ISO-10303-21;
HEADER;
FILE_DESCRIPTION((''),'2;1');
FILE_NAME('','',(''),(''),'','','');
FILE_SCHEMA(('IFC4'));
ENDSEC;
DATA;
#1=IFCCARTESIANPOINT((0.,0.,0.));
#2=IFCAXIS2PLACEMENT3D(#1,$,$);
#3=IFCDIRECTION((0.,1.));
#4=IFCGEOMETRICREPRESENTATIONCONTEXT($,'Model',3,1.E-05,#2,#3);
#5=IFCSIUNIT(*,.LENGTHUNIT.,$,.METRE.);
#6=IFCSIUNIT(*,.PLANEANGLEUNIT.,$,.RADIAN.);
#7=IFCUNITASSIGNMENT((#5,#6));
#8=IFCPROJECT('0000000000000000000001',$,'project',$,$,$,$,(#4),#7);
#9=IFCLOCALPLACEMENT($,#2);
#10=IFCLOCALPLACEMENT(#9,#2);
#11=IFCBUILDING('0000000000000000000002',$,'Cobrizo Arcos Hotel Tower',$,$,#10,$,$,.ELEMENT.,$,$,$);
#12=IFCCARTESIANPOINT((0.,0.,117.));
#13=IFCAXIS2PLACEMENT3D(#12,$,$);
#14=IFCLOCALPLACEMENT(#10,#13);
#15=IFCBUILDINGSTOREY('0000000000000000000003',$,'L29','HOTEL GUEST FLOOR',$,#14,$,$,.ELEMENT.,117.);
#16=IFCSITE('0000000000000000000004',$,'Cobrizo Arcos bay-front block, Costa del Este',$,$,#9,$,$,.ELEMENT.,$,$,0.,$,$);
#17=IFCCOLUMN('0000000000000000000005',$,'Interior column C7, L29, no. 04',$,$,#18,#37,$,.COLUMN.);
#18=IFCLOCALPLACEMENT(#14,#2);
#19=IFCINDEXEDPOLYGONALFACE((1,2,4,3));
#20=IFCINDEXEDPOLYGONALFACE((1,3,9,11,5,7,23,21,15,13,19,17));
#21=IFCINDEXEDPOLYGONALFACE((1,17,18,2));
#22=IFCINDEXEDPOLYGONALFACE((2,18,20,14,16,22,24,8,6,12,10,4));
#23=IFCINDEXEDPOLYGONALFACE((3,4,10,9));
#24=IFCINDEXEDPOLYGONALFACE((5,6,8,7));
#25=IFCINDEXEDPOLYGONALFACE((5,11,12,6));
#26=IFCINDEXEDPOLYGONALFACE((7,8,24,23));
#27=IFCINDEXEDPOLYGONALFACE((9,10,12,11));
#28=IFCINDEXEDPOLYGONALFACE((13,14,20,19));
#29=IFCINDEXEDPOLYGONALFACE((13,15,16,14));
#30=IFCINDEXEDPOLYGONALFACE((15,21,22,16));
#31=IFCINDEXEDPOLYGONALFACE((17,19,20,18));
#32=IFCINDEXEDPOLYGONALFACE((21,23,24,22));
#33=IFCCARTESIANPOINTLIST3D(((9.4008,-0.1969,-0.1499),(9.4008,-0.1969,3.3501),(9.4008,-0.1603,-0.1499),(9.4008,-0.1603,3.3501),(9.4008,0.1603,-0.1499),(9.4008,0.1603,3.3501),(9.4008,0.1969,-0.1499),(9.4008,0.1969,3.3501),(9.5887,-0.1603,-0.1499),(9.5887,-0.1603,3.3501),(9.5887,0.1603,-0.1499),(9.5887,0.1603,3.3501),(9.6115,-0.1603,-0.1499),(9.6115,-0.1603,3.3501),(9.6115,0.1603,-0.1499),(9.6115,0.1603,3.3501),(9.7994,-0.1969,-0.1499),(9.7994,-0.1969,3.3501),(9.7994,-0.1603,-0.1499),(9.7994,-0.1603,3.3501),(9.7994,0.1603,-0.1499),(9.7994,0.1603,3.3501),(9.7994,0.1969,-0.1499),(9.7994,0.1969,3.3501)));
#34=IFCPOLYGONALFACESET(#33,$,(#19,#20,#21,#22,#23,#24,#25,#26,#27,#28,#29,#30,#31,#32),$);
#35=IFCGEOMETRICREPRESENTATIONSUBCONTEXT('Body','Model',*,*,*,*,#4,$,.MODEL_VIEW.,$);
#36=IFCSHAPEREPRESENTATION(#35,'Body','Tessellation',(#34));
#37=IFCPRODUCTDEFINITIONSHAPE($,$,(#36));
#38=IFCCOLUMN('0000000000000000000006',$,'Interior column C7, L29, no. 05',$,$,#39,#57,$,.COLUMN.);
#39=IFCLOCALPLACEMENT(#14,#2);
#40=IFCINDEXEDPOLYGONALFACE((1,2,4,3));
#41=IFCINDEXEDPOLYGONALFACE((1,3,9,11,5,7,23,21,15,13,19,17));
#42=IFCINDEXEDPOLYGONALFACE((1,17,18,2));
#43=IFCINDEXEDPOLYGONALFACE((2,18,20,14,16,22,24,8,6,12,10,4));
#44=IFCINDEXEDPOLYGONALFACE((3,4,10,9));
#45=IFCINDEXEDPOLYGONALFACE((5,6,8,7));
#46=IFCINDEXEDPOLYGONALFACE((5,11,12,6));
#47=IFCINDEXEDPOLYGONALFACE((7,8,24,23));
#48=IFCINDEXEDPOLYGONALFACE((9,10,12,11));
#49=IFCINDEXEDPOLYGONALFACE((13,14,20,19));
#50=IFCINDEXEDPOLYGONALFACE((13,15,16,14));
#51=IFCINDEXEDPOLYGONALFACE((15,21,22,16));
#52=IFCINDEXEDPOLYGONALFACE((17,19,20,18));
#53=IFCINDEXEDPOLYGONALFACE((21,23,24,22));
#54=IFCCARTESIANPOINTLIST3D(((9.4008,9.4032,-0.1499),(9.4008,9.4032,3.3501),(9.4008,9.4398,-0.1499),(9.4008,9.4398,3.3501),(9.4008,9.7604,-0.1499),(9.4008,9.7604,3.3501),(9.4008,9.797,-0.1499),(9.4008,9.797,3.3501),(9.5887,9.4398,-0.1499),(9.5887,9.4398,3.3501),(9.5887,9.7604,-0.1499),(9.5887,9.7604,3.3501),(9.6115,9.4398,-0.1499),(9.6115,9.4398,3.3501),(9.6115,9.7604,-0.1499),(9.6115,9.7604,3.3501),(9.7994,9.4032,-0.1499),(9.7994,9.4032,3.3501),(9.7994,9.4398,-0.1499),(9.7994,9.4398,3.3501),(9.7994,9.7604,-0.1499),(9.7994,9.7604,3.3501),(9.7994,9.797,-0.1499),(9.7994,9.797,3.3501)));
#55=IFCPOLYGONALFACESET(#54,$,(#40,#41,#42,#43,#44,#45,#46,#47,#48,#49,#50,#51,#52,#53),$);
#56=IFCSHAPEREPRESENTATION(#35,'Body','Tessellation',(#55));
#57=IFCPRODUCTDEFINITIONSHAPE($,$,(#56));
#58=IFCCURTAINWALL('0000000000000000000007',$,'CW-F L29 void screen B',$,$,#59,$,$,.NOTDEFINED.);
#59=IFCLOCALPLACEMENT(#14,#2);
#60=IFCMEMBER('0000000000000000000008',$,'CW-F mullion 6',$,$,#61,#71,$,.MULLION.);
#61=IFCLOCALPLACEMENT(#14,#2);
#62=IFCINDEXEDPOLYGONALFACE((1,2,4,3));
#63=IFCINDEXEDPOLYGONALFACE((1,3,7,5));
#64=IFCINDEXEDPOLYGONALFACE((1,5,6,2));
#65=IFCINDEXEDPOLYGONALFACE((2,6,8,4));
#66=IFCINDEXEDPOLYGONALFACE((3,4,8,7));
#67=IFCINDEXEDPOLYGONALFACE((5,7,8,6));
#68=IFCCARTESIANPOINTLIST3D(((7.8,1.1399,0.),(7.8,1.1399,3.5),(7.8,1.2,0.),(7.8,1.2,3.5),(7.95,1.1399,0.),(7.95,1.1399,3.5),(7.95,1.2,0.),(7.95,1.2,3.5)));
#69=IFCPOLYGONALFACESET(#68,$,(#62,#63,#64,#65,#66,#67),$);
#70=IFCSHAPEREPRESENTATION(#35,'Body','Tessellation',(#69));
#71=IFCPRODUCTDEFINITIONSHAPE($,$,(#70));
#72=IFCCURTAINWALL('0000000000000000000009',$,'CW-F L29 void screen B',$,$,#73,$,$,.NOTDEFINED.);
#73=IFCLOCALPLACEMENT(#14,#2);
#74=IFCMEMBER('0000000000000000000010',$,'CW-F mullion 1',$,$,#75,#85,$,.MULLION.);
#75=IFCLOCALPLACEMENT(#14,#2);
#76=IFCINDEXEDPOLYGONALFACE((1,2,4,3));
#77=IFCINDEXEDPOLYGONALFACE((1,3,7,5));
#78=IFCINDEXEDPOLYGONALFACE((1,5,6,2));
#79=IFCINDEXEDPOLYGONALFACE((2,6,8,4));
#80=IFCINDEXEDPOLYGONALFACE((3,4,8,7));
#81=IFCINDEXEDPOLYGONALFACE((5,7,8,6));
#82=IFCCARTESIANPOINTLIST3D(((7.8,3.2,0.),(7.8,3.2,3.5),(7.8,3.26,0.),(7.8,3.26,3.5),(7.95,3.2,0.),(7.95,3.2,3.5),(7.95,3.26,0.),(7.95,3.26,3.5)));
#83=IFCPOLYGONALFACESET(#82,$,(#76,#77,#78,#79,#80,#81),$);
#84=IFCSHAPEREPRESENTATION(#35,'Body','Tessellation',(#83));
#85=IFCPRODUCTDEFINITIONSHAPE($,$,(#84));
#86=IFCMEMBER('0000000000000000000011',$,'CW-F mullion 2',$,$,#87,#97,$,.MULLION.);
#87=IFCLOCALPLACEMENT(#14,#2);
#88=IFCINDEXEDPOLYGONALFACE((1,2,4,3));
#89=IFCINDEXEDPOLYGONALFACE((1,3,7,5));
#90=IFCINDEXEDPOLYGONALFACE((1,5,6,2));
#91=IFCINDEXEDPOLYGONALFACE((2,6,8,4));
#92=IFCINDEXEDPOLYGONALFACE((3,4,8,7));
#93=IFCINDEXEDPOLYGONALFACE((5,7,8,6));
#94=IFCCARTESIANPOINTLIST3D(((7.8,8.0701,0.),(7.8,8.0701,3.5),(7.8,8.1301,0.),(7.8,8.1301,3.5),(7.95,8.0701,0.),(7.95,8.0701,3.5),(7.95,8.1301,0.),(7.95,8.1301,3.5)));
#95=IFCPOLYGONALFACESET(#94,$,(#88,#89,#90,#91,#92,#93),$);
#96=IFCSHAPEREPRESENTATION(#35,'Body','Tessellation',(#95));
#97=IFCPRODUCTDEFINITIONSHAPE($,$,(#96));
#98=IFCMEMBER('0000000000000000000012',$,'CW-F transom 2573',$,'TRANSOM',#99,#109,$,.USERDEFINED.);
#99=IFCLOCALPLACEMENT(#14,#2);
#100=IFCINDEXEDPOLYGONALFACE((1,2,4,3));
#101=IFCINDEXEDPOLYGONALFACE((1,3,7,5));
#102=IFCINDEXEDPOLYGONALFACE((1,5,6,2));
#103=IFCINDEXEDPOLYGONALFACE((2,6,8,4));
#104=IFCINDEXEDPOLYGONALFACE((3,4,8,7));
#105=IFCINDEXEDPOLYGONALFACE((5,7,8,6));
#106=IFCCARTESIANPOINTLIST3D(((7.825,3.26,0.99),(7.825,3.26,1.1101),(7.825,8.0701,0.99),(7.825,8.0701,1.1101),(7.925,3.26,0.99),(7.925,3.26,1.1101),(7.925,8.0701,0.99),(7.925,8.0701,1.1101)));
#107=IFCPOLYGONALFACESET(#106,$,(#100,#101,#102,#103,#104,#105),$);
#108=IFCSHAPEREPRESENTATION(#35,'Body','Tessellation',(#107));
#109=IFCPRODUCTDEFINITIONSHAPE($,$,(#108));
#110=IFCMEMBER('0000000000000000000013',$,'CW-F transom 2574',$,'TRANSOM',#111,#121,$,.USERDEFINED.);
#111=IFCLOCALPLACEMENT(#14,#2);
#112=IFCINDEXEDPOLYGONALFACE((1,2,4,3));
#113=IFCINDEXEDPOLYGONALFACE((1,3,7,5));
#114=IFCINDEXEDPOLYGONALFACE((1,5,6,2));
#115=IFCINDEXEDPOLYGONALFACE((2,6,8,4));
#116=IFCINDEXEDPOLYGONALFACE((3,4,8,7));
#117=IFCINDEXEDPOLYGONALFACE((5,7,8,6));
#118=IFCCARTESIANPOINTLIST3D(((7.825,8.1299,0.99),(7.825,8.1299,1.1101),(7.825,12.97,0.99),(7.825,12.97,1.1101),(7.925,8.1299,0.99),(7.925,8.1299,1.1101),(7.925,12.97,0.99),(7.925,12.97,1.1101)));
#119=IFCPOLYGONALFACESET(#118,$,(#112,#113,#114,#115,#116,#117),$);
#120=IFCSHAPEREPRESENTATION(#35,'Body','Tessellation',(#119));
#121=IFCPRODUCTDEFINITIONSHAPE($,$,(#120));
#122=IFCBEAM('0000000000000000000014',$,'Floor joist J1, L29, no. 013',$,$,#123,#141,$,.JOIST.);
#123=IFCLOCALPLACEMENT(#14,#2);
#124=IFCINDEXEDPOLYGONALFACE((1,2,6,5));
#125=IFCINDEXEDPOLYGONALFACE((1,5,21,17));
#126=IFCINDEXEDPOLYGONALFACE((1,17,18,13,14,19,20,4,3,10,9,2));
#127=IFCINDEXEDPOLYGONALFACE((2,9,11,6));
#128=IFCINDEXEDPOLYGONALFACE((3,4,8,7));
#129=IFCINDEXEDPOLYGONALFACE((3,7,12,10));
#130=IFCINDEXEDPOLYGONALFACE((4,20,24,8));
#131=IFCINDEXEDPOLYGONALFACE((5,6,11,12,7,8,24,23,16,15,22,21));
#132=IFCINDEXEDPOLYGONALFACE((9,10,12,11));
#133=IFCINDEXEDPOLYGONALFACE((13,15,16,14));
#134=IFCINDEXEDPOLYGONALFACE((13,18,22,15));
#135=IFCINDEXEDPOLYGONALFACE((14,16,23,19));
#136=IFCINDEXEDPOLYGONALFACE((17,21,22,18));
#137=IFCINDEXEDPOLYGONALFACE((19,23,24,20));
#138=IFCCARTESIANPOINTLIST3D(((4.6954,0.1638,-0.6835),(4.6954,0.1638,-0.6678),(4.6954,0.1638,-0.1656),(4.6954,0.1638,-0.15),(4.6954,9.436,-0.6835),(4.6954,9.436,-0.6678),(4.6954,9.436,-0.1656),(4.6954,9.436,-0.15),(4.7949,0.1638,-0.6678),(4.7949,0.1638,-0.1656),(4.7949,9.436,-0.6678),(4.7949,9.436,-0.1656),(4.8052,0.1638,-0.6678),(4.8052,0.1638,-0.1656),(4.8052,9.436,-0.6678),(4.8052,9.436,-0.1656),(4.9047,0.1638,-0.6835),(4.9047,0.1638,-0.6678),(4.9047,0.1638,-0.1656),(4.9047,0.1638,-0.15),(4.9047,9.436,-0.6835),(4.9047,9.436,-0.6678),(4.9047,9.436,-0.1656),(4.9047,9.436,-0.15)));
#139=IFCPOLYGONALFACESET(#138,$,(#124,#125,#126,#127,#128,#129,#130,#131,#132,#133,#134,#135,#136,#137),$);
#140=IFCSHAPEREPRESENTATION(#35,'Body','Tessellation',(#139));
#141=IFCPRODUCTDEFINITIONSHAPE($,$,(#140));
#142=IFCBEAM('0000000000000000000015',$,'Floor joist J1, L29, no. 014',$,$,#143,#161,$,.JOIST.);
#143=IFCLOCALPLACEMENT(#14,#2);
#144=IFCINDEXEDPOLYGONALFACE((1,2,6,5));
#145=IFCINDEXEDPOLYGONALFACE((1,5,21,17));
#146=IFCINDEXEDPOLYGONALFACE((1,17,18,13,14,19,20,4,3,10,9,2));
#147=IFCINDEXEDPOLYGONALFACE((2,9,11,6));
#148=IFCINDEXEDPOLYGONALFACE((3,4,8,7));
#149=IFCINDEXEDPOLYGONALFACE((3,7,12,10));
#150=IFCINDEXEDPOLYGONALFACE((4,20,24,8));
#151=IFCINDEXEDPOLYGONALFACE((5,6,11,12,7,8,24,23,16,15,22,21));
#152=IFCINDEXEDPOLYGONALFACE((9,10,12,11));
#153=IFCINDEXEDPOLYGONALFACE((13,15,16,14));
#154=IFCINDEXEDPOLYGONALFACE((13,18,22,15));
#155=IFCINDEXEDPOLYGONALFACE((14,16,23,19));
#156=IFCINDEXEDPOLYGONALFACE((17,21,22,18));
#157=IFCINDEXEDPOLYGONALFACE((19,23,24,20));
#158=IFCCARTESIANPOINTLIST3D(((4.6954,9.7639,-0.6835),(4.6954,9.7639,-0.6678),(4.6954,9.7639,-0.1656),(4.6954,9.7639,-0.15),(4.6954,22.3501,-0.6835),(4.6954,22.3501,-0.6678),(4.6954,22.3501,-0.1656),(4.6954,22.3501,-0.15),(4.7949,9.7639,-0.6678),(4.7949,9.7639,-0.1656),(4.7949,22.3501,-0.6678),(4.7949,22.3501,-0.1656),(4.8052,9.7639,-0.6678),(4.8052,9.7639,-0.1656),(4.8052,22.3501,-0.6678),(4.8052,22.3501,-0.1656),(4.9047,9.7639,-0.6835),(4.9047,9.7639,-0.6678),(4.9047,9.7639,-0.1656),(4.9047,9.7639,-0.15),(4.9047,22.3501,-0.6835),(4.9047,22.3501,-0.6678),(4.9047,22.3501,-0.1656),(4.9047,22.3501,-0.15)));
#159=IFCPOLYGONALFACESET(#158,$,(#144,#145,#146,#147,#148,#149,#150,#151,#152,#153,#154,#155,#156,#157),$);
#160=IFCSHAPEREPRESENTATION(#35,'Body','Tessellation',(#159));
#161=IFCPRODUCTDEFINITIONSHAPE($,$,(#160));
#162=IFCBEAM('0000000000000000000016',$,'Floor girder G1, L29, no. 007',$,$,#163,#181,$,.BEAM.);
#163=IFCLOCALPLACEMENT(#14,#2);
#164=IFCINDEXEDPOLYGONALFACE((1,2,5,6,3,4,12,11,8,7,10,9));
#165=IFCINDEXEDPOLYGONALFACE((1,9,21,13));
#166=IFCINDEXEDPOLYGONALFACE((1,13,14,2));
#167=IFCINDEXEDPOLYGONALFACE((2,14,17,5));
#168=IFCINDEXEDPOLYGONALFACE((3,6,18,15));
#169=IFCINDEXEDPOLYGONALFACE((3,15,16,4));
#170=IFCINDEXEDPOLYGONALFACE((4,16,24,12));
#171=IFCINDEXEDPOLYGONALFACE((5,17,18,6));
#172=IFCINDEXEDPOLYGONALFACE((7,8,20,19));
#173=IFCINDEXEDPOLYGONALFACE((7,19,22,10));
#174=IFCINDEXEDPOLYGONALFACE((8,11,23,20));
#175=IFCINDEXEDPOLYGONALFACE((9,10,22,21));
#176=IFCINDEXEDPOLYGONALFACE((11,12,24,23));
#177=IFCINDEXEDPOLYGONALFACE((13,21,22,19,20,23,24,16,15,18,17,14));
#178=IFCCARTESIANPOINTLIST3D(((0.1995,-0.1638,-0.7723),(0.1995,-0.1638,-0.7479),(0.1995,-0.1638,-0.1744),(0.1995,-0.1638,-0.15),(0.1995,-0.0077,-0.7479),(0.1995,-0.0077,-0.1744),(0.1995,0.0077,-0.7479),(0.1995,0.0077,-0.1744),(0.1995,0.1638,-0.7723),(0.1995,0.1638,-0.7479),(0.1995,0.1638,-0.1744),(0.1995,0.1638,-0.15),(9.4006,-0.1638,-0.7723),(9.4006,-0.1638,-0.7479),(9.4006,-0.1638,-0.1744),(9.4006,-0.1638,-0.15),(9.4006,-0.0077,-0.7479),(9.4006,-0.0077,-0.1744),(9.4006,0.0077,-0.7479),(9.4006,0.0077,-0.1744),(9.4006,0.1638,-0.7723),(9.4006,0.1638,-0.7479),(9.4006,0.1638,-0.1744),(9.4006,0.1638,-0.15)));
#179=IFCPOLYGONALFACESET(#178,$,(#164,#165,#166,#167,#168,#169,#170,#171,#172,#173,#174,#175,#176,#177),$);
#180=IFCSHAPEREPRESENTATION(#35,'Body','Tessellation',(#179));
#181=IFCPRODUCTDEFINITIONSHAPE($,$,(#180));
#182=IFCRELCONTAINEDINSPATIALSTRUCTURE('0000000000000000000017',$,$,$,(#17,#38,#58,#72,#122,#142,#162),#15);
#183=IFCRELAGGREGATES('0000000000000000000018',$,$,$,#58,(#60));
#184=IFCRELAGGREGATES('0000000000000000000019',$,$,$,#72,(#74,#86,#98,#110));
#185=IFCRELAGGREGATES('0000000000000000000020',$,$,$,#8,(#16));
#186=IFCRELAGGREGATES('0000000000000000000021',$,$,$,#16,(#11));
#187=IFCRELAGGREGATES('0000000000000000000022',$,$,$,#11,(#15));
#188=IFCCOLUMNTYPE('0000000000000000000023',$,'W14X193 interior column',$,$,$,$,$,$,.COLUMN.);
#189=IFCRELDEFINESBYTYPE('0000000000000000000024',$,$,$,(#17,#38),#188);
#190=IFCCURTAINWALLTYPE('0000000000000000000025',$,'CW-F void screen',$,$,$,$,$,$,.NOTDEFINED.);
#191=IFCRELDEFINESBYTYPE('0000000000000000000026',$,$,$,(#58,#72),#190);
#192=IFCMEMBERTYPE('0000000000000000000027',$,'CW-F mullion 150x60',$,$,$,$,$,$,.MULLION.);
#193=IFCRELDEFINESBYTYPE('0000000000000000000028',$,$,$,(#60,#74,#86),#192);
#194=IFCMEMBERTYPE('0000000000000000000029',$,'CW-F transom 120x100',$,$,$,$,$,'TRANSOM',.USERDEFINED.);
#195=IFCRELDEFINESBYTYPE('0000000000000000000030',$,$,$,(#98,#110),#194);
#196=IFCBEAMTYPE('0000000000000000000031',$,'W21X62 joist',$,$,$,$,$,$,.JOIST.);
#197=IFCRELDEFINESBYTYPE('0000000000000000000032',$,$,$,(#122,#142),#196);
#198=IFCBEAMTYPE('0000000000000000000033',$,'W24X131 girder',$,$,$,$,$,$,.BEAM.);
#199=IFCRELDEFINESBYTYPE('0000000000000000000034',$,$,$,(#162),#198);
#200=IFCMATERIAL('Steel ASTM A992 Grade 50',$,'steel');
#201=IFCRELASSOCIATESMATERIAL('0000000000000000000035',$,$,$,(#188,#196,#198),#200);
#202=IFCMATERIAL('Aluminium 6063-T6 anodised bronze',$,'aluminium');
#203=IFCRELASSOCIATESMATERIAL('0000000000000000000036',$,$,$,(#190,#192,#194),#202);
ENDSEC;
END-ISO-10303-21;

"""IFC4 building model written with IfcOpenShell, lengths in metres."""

from ifc_helpers import new_model, si_unit, direction, frame, origin, origin_2d, place, context, subcontext, project, spatial, rectangle, i_section, extrude, material, material_profile, profile_set, type_object, element, aggregate, save


model = new_model("IFC4")

# Units and contexts
model_context = context("Model", 3, precision=1e-05, world=origin(), true_north=direction((0.0, 1.0)))
body_context = subcontext(model_context, "Body", "Model", "MODEL_VIEW")
ifc_project = project(units=[si_unit("LENGTHUNIT", "METRE"), si_unit("PLANEANGLEUNIT", "RADIAN")], contexts=[model_context])

# Site, building, storey
site_placement = place(None, origin())
site = spatial("IfcSite", under=ifc_project, at=site_placement, Name="Cobrizo Arcos bay-front block, Costa del Este", CompositionType="ELEMENT", RefElevation=0.0)
building_placement = place(site_placement, origin())
building = spatial("IfcBuilding", under=site, at=building_placement, Name="Cobrizo Arcos Hotel Tower", CompositionType="ELEMENT")
storey_placement = place(building_placement, frame((0.0, 0.0, 117.0)))
storey = spatial("IfcBuildingStorey", under=building, at=storey_placement, Name="L29", Description="HOTEL GUEST FLOOR", CompositionType="ELEMENT", Elevation=117.0)

# Columns
ifc_material_1 = material(Name="Steel ASTM A992 Grade 50", Category="steel")
ifc_material_profile_1 = material_profile(ifc_material_1, i_section(OverallWidth=0.3987, OverallDepth=0.3938, WebThickness=0.0227, FlangeThickness=0.0366, at=origin_2d()), Name="W14X193")
ifc_profile_set_1 = profile_set([ifc_material_profile_1], Name="Steel ASTM A992 Grade 50")
column_type = type_object("IfcColumnType", Name="W14X193 interior column", PredefinedType="COLUMN", material=ifc_profile_set_1)
for number, where, z_axis, x_axis, name in (
    (1, (9.6001, 0.0, -0.1499), (0.0, 0.0, 1.0), (1.0, 0.0, 0.0), "Interior column C7, L29, no. 04"),
    (2, (9.6001, 9.6001, -0.1499), (0.0, 0.0, 1.0), (1.0, 0.0, 0.0), "Interior column C7, L29, no. 05"),
):
    element("IfcColumn", number, at=place(storey_placement, frame(where, z_axis=z_axis, x_axis=x_axis)), inside=storey, type_object=column_type, Name=name, PredefinedType="COLUMN", context=body_context, shape_type="SweptSolid", body=[
        extrude(i_section(OverallWidth=0.3987, OverallDepth=0.3938, WebThickness=0.0227, FlangeThickness=0.0366, at=origin_2d()), origin(), (0.0, 0.0, 1.0), 3.5),
    ])

# Curtain wall, member
ifc_material_2 = material(Name="Aluminium 6063-T6 anodised bronze", Category="aluminium")
curtain_wall_type = type_object("IfcCurtainWallType", Name="CW-F void screen", PredefinedType="NOTDEFINED", material=ifc_material_2)
curtain_wall_1_placement = place(storey_placement, origin())
curtain_wall_1 = element("IfcCurtainWall", 3, at=curtain_wall_1_placement, inside=storey, type_object=curtain_wall_type, Name="CW-F L29 void screen B", PredefinedType="NOTDEFINED")
ifc_material_profile_2 = material_profile(ifc_material_2, rectangle(XDim=0.1499, YDim=0.0601, at=origin_2d()), Name="CW-F mullion 150x60")
ifc_profile_set_2 = profile_set([ifc_material_profile_2], Name="Aluminium 6063-T6 anodised bronze")
member_type_1 = type_object("IfcMemberType", Name="CW-F mullion 150x60", PredefinedType="MULLION", material=ifc_profile_set_2)
member_1_placement = place(storey_placement, frame((7.875, 1.1699, 0.0), z_axis=(0.0, 0.0, 1.0), x_axis=(1.0, 0.0, 0.0)))
member_1 = element("IfcMember", 4, at=member_1_placement, type_object=member_type_1, Name="CW-F mullion 6", PredefinedType="MULLION", context=body_context, shape_type="SweptSolid", body=[
    extrude(rectangle(XDim=0.1499, YDim=0.0601, at=origin_2d()), origin(), (0.0, 0.0, 1.0), 3.5),
])
aggregate(curtain_wall_1, [member_1])

# Curtain wall, members
curtain_wall_2_placement = place(storey_placement, origin())
curtain_wall_2 = element("IfcCurtainWall", 5, at=curtain_wall_2_placement, inside=storey, type_object=curtain_wall_type, Name="CW-F L29 void screen B", PredefinedType="NOTDEFINED")
member_2_placement = place(storey_placement, frame((7.875, 3.23, 0.0), z_axis=(0.0, 0.0, 1.0), x_axis=(1.0, 0.0, 0.0)))
member_2 = element("IfcMember", 6, at=member_2_placement, type_object=member_type_1, Name="CW-F mullion 1", PredefinedType="MULLION", context=body_context, shape_type="SweptSolid", body=[
    extrude(rectangle(XDim=0.1499, YDim=0.0601, at=origin_2d()), origin(), (0.0, 0.0, 1.0), 3.5),
])
member_3_placement = place(storey_placement, frame((7.875, 8.1001, 0.0), z_axis=(0.0, 0.0, 1.0), x_axis=(1.0, 0.0, 0.0)))
member_3 = element("IfcMember", 7, at=member_3_placement, type_object=member_type_1, Name="CW-F mullion 2", PredefinedType="MULLION", context=body_context, shape_type="SweptSolid", body=[
    extrude(rectangle(XDim=0.1499, YDim=0.0601, at=origin_2d()), origin(), (0.0, 0.0, 1.0), 3.5),
])
ifc_material_profile_3 = material_profile(ifc_material_2, rectangle(XDim=0.1001, YDim=0.1201, at=origin_2d()), Name="CW-F transom 120x100")
ifc_profile_set_3 = profile_set([ifc_material_profile_3], Name="Aluminium 6063-T6 anodised bronze")
member_type_2 = type_object("IfcMemberType", Name="CW-F transom 120x100", ElementType="TRANSOM", PredefinedType="USERDEFINED", material=ifc_profile_set_3)
member_4_placement = place(storey_placement, frame((7.875, 3.26, 1.05), z_axis=(0.0, 1.0, 0.0), x_axis=(-1.0, 0.0, 0.0)))
member_4 = element("IfcMember", 8, at=member_4_placement, type_object=member_type_2, Name="CW-F transom 2573", ObjectType="TRANSOM", PredefinedType="USERDEFINED", context=body_context, shape_type="SweptSolid", body=[
    extrude(rectangle(XDim=0.1001, YDim=0.1201, at=origin_2d()), origin(), (0.0, 0.0, 1.0), 4.8101),
])
member_5_placement = place(storey_placement, frame((7.875, 8.1299, 1.05), z_axis=(0.0, 1.0, 0.0), x_axis=(-1.0, 0.0, 0.0)))
member_5 = element("IfcMember", 9, at=member_5_placement, type_object=member_type_2, Name="CW-F transom 2574", ObjectType="TRANSOM", PredefinedType="USERDEFINED", context=body_context, shape_type="SweptSolid", body=[
    extrude(rectangle(XDim=0.1001, YDim=0.1201, at=origin_2d()), origin(), (0.0, 0.0, 1.0), 4.8401),
])

# Beams
ifc_material_profile_4 = material_profile(ifc_material_1, i_section(OverallWidth=0.2092, OverallDepth=0.5334, WebThickness=0.0103, FlangeThickness=0.0156, at=origin_2d()), Name="W21X62")
ifc_profile_set_4 = profile_set([ifc_material_profile_4], Name="Steel ASTM A992 Grade 50")
beam_type_1 = type_object("IfcBeamType", Name="W21X62 joist", PredefinedType="JOIST", material=ifc_profile_set_4)
beam_1_placement = place(storey_placement, frame((4.8, 0.1638, -0.4167), z_axis=(0.0, 1.0, 0.0), x_axis=(-1.0, 0.0, 0.0)))
element("IfcBeam", 10, at=beam_1_placement, inside=storey, type_object=beam_type_1, Name="Floor joist J1, L29, no. 013", PredefinedType="JOIST", context=body_context, shape_type="SweptSolid", body=[
    extrude(i_section(OverallWidth=0.2092, OverallDepth=0.5334, WebThickness=0.0103, FlangeThickness=0.0156, at=origin_2d()), origin(), (0.0, 0.0, 1.0), 9.2722),
])
beam_2_placement = place(storey_placement, frame((4.8, 9.7639, -0.4167), z_axis=(0.0, 1.0, 0.0), x_axis=(-1.0, 0.0, 0.0)))
element("IfcBeam", 11, at=beam_2_placement, inside=storey, type_object=beam_type_1, Name="Floor joist J1, L29, no. 014", PredefinedType="JOIST", context=body_context, shape_type="SweptSolid", body=[
    extrude(i_section(OverallWidth=0.2092, OverallDepth=0.5334, WebThickness=0.0103, FlangeThickness=0.0156, at=origin_2d()), origin(), (0.0, 0.0, 1.0), 12.5862),
])
ifc_material_profile_5 = material_profile(ifc_material_1, i_section(OverallWidth=0.3276, OverallDepth=0.6223, WebThickness=0.0154, FlangeThickness=0.0244, at=origin_2d()), Name="W24X131")
ifc_profile_set_5 = profile_set([ifc_material_profile_5], Name="Steel ASTM A992 Grade 50")
beam_type_2 = type_object("IfcBeamType", Name="W24X131 girder", PredefinedType="BEAM", material=ifc_profile_set_5)
beam_3_placement = place(storey_placement, frame((0.1995, 0.0, -0.4612), z_axis=(1.0, 0.0, 0.0), x_axis=(0.0, 1.0, 0.0)))
element("IfcBeam", 12, at=beam_3_placement, inside=storey, type_object=beam_type_2, Name="Floor girder G1, L29, no. 007", PredefinedType="BEAM", context=body_context, shape_type="SweptSolid", body=[
    extrude(i_section(OverallWidth=0.3276, OverallDepth=0.6223, WebThickness=0.0154, FlangeThickness=0.0244, at=origin_2d()), origin(), (0.0, 0.0, 1.0), 9.2012),
])

aggregate(curtain_wall_2, [member_2, member_3, member_4, member_5])

save(model, "model.ifc")
